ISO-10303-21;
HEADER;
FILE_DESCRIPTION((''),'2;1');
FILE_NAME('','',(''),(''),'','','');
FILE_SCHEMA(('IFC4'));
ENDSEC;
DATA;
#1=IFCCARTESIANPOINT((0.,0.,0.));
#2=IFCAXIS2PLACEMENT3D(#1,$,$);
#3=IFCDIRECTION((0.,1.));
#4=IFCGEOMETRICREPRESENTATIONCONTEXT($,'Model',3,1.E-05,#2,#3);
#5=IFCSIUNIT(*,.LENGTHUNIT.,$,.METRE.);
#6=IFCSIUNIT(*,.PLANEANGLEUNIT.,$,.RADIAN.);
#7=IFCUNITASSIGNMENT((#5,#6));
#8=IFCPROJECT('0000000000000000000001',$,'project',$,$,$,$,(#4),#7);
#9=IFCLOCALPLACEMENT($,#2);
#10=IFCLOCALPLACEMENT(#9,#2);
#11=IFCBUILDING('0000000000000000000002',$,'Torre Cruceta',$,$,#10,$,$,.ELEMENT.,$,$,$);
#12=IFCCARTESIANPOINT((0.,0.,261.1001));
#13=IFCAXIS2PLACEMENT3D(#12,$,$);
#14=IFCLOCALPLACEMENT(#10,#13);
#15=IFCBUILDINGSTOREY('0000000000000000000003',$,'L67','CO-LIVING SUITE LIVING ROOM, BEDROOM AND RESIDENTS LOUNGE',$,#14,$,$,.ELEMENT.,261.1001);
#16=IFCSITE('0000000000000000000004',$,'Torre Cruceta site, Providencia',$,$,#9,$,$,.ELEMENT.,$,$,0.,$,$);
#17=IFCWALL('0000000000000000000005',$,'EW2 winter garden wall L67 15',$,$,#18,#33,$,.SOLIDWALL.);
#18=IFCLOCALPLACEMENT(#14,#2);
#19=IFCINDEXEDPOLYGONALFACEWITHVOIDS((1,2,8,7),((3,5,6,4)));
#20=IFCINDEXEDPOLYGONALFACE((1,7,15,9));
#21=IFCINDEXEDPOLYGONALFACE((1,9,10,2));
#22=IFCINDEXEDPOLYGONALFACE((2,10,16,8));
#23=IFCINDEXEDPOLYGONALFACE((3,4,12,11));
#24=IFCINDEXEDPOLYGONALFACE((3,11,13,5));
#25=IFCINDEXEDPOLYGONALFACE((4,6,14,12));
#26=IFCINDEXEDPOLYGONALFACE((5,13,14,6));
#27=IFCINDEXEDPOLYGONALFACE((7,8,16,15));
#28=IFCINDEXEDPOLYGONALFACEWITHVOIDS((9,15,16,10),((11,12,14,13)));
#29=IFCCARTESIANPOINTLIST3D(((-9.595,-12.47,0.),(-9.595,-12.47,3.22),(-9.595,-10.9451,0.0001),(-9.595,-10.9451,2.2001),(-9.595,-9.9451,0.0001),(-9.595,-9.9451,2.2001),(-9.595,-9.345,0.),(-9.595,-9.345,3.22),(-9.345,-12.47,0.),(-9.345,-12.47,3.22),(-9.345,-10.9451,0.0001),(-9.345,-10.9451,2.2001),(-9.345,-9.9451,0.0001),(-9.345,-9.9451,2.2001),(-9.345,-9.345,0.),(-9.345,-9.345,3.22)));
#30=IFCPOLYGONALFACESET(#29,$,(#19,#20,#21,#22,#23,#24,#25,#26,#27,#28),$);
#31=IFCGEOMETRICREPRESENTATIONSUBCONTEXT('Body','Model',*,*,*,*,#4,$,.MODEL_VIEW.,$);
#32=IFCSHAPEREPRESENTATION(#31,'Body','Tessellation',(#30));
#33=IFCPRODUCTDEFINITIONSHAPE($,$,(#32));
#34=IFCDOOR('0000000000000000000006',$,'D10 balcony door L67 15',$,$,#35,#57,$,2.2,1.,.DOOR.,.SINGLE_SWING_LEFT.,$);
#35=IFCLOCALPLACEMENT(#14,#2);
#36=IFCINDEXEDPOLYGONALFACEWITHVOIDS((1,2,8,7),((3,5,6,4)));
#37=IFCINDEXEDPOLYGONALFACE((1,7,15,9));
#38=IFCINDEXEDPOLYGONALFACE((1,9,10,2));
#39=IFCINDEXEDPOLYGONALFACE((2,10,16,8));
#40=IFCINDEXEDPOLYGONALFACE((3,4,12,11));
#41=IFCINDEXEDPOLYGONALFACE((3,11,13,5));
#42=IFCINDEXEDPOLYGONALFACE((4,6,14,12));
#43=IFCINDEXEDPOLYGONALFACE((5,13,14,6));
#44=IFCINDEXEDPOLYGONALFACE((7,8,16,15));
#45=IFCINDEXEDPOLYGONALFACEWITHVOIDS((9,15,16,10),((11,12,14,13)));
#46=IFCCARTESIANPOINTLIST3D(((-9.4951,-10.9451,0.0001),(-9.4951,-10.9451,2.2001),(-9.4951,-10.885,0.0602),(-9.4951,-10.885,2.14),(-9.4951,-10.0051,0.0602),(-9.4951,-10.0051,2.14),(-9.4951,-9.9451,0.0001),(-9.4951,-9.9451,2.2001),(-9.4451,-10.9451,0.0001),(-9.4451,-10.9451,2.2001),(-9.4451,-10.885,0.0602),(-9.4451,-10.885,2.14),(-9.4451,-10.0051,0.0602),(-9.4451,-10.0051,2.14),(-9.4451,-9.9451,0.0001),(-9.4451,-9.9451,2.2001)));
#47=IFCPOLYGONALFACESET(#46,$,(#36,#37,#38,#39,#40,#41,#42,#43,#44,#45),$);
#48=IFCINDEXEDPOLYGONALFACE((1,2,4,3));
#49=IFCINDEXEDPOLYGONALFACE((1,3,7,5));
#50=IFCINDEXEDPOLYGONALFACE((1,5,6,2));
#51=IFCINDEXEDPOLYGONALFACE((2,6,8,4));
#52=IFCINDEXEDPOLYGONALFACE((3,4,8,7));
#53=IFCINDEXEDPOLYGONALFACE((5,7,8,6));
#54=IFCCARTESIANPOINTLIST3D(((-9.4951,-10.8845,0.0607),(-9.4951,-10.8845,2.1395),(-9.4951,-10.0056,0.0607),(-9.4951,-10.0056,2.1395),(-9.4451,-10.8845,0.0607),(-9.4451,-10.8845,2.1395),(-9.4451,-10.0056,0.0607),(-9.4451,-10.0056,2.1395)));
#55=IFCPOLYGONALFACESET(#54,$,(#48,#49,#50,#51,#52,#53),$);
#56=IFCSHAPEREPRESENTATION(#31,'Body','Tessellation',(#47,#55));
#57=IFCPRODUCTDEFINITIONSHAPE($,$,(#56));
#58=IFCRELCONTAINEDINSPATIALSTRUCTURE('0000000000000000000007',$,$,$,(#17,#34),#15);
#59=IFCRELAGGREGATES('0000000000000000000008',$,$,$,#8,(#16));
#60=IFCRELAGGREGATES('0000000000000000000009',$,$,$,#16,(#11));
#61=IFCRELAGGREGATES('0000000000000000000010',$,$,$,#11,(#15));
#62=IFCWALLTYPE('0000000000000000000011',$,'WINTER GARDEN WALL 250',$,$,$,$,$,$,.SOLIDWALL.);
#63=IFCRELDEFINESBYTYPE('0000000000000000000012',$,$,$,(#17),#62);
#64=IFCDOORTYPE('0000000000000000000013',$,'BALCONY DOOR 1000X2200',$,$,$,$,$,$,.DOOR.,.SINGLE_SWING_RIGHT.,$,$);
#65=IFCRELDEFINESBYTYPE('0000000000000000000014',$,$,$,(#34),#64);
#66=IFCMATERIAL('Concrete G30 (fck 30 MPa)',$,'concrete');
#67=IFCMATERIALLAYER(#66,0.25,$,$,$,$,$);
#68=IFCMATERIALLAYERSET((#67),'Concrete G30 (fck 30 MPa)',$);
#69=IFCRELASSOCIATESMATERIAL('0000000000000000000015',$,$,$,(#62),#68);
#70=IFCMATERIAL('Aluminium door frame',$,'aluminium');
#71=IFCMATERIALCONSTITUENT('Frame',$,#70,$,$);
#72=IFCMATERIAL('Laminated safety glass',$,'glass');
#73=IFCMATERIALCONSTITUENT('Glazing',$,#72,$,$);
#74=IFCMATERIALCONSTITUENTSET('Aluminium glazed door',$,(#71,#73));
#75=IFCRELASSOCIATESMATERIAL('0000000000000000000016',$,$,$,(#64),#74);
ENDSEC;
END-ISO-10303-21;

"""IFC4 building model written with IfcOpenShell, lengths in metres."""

from ifc_helpers import new_model, si_unit, direction, frame, frame_2d, origin, place, context, subcontext, project, spatial, rectangle, hollow_rectangle, extrude, material, layer, layer_set, constituent, constituent_set, type_object, element, fill, save


model = new_model("IFC4")

# Units and contexts
model_context = context("Model", 3, precision=1e-05, world=origin(), true_north=direction((0.0, 1.0)))
body_context = subcontext(model_context, "Body", "Model", "MODEL_VIEW")
ifc_project = project(units=[si_unit("LENGTHUNIT", "METRE"), si_unit("PLANEANGLEUNIT", "RADIAN")], contexts=[model_context])

# Site, building, storey
site_placement = place(None, origin())
site = spatial("IfcSite", under=ifc_project, at=site_placement, Name="Torre Cruceta site, Providencia", CompositionType="ELEMENT", RefElevation=0.0)
building_placement = place(site_placement, origin())
building = spatial("IfcBuilding", under=site, at=building_placement, Name="Torre Cruceta", CompositionType="ELEMENT")
storey_placement = place(building_placement, frame((0.0, 0.0, 261.1001)))
storey = spatial("IfcBuildingStorey", under=building, at=storey_placement, Name="L67", Description="CO-LIVING SUITE LIVING ROOM, BEDROOM AND RESIDENTS LOUNGE", CompositionType="ELEMENT", Elevation=261.1001)

# Wall, opening, door
ifc_material_1 = material(Name="Concrete G30 (fck 30 MPa)", Category="concrete")
ifc_layer_1 = layer(ifc_material_1, 0.25)
ifc_layer_set_1 = layer_set([ifc_layer_1], Name="Concrete G30 (fck 30 MPa)")
wall_type_1 = type_object("IfcWallType", Name="WINTER GARDEN WALL 250", PredefinedType="SOLIDWALL", material=ifc_layer_set_1)
ifc_material_2 = material(Name="Aluminium door frame", Category="aluminium")
ifc_constituent_1 = constituent(ifc_material_2, Name="Frame")
ifc_material_3 = material(Name="Laminated safety glass", Category="glass")
ifc_constituent_2 = constituent(ifc_material_3, Name="Glazing")
ifc_constituent_set_1 = constituent_set(constituents=[ifc_constituent_1, ifc_constituent_2], Name="Aluminium glazed door")
door_type_1 = type_object("IfcDoorType", Name="BALCONY DOOR 1000X2200", OperationType="SINGLE_SWING_RIGHT", PredefinedType="DOOR", material=ifc_constituent_set_1)
wall_1_placement = place(storey_placement, frame((-9.47, -9.345, 0.0), z_axis=(0.0, 0.0, 1.0), x_axis=(0.0, -1.0, 0.0)))
wall_1 = element("IfcWall", 1, at=wall_1_placement, inside=storey, type_object=wall_type_1, Name="EW2 winter garden wall L67 15", PredefinedType="SOLIDWALL", context=body_context, shape_type="SweptSolid", body=[
    extrude(rectangle(XDim=3.125, YDim=0.25, at=frame_2d((1.5625, 0.0))), origin(), (0.0, 0.0, 1.0), 3.22),
])
opening_1_placement = place(wall_1_placement, frame((0.6001, 0.0, 0.0)))
opening_1 = element("IfcOpeningElement", 2, at=opening_1_placement, cuts=wall_1, PredefinedType="OPENING", context=body_context, shape_type="SweptSolid", body=[
    extrude(rectangle(XDim=1.0, YDim=2.2, at=frame_2d((0.5, 1.1001))), frame((0.0, 0.135, 0.0), z_axis=(0.0, -1.0, 0.0), x_axis=(1.0, 0.0, 0.0)), (0.0, 0.0, 1.0), 0.27),
])
door_1_placement = place(opening_1_placement, origin())
door_1 = element("IfcDoor", 3, at=door_1_placement, inside=storey, type_object=door_type_1, Name="D10 balcony door L67 15", OperationType="SINGLE_SWING_LEFT", OverallHeight=2.2, OverallWidth=1.0, PredefinedType="DOOR", context=body_context, shape_type="SweptSolid", body=[
    extrude(hollow_rectangle(XDim=1.0, YDim=2.2, WallThickness=0.0601, at=frame_2d((0.5, 1.1001))), frame((0.0, 0.0249, 0.0), z_axis=(0.0, -1.0, 0.0), x_axis=(1.0, 0.0, 0.0)), (0.0, 0.0, 1.0), 0.05),
    extrude(rectangle(XDim=0.8789, YDim=2.0789, at=frame_2d((0.5, 1.1001))), frame((0.0, 0.0249, 0.0), z_axis=(0.0, -1.0, 0.0), x_axis=(1.0, 0.0, 0.0)), (0.0, 0.0, 1.0), 0.05),
])
fill(opening_1, door_1)

save(model, "model.ifc")
